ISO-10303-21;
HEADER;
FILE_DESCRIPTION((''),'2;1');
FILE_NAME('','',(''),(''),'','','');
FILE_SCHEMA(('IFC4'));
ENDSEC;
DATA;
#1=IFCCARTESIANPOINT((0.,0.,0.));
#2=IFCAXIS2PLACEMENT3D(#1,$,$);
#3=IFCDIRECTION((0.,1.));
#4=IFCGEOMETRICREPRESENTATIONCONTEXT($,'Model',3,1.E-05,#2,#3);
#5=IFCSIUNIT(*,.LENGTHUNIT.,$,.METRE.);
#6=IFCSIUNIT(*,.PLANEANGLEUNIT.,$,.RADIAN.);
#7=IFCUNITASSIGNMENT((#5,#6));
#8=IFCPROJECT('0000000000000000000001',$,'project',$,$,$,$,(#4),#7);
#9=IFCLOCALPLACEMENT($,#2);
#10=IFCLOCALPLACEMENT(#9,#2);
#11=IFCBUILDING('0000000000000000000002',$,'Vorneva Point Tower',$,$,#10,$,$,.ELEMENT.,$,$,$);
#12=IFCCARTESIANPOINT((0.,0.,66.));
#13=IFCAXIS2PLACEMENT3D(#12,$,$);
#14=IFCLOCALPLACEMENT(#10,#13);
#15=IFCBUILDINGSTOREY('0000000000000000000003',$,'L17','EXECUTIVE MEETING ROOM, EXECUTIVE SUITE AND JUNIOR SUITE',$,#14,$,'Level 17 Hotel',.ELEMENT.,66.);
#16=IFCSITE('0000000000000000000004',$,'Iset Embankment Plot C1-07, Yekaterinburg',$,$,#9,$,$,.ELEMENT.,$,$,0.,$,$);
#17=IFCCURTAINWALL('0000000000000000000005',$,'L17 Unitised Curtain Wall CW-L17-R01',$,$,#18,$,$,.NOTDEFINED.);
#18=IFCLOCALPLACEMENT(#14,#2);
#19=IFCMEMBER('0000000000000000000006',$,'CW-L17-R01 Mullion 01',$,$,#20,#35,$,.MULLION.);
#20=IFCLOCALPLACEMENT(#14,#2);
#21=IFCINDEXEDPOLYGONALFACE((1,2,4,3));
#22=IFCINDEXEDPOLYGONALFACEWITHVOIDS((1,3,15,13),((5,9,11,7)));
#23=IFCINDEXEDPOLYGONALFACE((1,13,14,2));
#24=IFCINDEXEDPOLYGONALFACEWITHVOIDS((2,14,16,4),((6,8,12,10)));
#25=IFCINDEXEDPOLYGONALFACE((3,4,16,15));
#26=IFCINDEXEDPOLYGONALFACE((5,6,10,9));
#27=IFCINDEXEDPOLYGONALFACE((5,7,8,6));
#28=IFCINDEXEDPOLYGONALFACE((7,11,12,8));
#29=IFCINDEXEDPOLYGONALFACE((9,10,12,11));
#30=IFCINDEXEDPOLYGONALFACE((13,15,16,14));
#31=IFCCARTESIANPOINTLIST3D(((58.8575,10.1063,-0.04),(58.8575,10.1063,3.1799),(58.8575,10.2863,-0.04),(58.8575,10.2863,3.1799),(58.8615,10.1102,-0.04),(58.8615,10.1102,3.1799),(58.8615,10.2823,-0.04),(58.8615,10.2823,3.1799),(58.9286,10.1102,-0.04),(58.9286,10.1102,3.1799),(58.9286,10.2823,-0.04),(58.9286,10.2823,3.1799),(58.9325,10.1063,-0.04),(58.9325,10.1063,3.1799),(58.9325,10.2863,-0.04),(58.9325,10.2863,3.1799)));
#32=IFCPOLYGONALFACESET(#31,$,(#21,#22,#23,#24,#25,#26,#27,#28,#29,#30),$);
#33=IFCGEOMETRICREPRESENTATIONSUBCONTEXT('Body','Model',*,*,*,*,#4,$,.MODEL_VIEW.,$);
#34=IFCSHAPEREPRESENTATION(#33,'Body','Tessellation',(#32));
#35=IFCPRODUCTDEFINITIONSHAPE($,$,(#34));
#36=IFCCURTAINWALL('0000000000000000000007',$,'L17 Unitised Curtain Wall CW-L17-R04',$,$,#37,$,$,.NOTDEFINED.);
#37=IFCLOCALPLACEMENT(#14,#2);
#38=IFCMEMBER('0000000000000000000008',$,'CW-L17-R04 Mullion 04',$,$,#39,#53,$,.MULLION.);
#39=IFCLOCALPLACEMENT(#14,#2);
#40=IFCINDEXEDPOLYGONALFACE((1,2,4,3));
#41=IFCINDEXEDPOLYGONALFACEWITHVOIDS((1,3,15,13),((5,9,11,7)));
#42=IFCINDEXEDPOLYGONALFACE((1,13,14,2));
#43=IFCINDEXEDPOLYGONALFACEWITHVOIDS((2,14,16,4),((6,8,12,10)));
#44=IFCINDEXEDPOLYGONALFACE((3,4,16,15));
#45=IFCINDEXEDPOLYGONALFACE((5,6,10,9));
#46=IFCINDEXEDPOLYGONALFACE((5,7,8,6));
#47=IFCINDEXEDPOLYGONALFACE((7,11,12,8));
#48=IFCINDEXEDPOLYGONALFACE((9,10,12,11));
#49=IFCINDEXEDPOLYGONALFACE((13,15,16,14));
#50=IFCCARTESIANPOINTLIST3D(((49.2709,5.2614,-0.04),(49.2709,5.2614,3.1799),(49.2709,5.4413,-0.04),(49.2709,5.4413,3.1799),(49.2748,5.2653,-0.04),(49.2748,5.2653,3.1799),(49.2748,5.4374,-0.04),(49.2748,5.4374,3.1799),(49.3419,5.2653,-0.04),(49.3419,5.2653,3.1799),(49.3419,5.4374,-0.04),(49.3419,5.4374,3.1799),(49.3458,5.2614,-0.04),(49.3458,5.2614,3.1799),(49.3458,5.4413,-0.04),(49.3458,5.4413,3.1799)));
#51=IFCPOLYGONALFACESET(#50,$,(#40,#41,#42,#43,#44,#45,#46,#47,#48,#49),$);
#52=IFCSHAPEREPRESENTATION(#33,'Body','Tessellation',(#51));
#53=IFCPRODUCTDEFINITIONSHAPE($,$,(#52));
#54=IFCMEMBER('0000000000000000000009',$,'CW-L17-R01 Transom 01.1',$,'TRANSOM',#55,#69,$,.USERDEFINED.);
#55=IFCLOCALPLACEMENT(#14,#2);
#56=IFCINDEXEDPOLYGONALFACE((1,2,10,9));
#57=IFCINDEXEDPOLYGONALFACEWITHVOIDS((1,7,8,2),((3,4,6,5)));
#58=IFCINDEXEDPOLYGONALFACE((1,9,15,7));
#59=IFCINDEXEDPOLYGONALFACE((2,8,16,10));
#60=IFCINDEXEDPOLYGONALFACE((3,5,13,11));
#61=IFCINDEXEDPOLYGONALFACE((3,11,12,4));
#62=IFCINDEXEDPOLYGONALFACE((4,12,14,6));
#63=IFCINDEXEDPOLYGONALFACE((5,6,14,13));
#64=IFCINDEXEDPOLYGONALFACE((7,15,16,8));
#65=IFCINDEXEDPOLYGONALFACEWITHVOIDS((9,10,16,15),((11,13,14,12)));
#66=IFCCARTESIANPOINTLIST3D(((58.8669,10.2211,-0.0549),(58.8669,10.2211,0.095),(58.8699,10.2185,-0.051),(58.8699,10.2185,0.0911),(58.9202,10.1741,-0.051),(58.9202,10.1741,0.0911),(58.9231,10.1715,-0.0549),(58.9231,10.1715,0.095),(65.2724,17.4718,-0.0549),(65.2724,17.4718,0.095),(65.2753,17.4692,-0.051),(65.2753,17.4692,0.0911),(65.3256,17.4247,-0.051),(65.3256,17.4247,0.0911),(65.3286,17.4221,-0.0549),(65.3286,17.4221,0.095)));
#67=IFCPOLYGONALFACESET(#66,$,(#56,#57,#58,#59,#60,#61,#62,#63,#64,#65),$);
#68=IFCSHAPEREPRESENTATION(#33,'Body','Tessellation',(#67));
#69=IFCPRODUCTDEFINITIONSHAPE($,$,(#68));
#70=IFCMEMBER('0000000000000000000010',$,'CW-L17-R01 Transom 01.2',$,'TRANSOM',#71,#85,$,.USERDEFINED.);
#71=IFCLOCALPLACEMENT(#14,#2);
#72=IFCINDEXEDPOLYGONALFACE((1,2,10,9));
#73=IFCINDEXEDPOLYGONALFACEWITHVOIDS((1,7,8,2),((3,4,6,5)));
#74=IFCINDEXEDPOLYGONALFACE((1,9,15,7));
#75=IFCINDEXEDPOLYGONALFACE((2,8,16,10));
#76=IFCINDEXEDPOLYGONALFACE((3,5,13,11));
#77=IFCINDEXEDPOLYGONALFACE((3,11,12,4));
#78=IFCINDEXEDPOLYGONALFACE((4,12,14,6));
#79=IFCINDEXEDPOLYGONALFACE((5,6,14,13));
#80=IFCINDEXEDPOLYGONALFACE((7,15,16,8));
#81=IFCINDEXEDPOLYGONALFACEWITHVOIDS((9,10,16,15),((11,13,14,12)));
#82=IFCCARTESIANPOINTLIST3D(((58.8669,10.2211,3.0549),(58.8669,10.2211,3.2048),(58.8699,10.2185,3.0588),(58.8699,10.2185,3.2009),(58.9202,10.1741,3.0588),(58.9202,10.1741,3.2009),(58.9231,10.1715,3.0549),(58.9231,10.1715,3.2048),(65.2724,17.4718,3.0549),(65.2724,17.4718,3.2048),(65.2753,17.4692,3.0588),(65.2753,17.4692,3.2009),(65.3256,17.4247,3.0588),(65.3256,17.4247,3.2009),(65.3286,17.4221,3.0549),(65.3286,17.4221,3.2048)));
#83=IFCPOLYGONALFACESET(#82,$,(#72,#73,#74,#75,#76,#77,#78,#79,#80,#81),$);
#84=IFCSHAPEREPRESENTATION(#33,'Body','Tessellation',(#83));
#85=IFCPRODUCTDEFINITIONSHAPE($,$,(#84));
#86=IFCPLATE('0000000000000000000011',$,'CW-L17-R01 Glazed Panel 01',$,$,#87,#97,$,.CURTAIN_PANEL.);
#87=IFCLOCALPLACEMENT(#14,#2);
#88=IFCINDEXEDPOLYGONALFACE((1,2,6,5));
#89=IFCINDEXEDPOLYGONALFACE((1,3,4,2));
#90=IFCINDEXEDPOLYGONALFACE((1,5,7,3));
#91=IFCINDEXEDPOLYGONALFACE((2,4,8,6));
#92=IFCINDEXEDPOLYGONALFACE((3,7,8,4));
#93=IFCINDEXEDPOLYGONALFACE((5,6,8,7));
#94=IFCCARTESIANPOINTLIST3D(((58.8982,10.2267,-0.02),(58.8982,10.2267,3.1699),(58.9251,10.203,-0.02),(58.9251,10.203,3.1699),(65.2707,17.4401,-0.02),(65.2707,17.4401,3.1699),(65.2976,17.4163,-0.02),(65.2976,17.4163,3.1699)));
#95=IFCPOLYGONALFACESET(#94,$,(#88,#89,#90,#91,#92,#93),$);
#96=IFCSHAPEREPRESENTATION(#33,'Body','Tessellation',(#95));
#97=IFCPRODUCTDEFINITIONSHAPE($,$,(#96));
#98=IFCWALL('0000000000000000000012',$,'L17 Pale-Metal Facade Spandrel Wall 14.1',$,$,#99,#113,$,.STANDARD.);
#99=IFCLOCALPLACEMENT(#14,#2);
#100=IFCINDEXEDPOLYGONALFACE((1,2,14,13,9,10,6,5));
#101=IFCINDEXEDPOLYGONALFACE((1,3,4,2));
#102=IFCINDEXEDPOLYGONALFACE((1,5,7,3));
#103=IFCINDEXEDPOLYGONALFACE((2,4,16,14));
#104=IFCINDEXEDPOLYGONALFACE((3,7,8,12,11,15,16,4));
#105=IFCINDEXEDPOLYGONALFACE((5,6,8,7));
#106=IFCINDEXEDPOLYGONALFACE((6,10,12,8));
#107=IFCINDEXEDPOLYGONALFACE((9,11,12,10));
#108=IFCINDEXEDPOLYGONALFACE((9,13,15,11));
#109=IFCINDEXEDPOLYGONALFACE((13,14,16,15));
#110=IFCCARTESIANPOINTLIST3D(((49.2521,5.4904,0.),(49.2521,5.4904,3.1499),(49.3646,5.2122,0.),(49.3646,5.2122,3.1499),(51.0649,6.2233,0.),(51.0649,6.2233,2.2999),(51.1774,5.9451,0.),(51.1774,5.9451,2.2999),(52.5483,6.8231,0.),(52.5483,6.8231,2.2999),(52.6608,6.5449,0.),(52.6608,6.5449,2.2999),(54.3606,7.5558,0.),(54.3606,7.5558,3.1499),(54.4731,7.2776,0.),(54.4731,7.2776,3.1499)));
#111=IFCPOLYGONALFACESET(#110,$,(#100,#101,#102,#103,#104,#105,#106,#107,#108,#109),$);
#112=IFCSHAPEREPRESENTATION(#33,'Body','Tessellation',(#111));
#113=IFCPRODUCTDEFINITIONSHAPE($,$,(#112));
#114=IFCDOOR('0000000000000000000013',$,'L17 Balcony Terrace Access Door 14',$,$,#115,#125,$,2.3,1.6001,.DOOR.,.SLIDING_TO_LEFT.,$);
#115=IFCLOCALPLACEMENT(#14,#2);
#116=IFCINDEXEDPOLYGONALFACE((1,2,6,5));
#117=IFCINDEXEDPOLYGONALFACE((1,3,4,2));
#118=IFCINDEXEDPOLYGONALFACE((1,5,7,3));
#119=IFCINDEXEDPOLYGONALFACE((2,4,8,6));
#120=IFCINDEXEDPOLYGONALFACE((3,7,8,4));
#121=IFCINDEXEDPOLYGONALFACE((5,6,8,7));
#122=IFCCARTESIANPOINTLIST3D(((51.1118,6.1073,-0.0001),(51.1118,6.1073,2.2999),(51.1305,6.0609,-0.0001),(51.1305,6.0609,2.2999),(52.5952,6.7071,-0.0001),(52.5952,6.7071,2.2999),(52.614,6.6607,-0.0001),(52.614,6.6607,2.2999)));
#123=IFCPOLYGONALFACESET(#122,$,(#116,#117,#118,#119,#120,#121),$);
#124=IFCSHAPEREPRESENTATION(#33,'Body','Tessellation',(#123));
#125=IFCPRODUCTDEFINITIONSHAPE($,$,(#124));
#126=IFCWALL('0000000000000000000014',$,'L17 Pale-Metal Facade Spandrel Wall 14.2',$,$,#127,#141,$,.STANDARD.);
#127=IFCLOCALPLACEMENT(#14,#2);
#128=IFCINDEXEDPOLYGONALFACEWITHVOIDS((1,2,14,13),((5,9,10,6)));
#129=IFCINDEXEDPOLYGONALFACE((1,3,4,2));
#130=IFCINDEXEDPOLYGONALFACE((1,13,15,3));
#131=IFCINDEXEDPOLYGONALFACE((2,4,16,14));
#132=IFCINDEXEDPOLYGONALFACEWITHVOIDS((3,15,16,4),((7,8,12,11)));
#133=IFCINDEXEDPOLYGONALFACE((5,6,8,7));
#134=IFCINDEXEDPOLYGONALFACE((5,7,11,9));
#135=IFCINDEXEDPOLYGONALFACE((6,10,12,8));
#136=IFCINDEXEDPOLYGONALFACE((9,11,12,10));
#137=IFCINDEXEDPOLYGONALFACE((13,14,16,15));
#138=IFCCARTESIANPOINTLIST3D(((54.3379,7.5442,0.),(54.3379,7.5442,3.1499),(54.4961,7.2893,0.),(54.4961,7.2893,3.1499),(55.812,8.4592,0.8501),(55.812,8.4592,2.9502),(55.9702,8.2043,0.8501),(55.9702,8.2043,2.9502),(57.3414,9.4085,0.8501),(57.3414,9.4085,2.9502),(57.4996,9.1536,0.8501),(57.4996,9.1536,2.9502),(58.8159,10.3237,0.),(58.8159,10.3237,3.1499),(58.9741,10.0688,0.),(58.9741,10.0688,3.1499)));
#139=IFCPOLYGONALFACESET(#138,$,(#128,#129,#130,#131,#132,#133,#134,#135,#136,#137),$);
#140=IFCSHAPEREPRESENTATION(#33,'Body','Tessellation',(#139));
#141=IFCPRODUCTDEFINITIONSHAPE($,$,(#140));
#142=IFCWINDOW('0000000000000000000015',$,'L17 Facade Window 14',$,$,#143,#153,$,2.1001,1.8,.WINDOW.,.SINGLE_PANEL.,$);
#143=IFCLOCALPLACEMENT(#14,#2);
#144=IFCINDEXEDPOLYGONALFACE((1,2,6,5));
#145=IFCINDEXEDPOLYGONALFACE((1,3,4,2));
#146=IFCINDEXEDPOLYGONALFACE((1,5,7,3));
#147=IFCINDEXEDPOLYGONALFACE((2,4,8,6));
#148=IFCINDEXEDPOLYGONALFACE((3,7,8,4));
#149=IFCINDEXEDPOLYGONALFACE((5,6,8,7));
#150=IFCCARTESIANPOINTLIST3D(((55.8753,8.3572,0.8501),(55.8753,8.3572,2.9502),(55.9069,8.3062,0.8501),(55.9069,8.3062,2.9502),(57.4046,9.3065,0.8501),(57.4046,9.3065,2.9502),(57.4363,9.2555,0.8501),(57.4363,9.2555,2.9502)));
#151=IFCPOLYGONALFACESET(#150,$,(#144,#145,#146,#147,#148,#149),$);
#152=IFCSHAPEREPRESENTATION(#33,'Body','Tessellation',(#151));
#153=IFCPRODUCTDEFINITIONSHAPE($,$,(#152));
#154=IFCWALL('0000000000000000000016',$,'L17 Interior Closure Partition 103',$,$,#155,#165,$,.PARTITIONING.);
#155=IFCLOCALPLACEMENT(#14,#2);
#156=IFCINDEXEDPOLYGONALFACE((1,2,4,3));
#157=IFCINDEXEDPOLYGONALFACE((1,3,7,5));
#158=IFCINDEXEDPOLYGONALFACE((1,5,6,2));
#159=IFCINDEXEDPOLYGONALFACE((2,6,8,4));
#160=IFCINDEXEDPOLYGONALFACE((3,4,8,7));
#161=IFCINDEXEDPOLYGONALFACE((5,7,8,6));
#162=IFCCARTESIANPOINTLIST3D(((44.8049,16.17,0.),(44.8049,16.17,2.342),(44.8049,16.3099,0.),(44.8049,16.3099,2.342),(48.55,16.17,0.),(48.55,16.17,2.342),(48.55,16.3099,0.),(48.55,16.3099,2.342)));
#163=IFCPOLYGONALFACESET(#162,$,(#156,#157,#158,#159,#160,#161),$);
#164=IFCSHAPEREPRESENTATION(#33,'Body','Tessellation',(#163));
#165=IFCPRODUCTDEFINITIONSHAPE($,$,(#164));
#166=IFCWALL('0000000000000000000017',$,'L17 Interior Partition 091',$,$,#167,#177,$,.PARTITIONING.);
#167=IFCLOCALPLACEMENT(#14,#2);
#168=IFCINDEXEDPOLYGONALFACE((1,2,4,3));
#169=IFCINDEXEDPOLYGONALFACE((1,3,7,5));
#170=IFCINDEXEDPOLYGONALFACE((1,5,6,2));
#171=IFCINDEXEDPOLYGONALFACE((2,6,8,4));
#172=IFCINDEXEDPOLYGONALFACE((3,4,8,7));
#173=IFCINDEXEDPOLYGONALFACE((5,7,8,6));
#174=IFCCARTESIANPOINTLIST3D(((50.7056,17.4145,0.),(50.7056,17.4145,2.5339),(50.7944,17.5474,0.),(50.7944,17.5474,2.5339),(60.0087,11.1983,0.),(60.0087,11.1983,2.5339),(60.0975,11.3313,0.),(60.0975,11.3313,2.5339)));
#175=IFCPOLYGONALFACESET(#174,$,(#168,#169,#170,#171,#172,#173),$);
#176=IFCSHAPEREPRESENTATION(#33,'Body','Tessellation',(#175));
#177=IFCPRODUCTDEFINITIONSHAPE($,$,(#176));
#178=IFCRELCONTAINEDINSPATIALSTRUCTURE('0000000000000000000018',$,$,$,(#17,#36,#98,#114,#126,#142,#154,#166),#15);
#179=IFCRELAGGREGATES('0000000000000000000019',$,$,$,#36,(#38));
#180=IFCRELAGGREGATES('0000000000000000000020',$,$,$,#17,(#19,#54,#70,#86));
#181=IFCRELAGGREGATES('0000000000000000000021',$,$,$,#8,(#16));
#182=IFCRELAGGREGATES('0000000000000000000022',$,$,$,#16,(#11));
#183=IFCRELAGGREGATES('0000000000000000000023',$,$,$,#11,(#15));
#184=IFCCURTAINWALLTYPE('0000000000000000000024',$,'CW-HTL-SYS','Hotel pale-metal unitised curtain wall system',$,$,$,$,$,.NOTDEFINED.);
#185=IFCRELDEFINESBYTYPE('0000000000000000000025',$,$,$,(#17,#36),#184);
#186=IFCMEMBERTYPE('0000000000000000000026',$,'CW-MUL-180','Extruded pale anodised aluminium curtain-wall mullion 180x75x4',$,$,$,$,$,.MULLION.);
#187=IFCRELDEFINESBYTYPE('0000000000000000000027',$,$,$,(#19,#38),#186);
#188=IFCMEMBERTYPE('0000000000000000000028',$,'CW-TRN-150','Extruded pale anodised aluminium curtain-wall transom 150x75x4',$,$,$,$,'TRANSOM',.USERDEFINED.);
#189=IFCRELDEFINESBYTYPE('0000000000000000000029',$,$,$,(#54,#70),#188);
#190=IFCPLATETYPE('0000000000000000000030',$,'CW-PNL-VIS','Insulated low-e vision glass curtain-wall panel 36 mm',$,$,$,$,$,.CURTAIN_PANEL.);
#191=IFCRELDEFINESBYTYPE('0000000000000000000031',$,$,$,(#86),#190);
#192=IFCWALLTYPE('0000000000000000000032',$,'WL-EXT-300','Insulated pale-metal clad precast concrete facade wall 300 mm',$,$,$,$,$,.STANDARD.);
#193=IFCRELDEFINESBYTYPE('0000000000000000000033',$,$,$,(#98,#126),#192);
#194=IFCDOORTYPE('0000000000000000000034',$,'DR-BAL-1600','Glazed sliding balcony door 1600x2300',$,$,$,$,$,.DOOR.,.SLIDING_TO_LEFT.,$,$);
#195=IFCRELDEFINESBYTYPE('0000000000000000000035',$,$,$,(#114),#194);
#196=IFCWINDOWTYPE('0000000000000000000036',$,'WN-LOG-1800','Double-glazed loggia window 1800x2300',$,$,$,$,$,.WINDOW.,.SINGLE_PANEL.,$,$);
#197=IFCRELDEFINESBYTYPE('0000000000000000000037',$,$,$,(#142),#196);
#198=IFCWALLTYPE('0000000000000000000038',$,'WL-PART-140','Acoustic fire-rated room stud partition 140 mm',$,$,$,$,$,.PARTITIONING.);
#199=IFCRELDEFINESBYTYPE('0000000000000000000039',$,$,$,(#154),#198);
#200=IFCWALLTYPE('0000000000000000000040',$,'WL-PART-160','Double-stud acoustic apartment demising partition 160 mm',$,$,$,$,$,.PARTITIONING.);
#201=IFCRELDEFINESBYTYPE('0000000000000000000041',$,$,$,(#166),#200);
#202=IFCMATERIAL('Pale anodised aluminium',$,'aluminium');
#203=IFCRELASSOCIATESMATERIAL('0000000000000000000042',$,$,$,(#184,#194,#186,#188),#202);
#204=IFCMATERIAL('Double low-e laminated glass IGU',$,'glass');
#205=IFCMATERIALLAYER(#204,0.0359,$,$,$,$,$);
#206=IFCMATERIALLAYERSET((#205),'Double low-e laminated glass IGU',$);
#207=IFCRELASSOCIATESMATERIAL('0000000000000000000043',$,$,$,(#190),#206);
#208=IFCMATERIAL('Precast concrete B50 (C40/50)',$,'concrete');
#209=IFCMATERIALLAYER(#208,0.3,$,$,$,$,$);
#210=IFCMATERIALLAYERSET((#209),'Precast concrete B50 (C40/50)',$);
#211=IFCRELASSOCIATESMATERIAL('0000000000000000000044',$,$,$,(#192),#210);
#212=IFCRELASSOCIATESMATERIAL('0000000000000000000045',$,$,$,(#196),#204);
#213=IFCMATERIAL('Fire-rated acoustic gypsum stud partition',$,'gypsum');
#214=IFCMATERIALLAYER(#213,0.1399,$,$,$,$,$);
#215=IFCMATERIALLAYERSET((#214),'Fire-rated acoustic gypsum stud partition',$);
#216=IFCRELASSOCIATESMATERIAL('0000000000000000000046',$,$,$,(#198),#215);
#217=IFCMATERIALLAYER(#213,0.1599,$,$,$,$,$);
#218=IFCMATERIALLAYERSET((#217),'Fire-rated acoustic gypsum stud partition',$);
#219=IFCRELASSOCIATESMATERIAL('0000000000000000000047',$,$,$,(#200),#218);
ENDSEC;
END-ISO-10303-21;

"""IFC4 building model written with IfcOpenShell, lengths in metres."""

from ifc_helpers import new_model, si_unit, direction, frame, frame_2d, origin, origin_2d, place, context, subcontext, project, spatial, rectangle, hollow_rectangle, extrude, material, layer, layer_set, material_profile, profile_set, type_object, element, fill, aggregate, save


model = new_model("IFC4")

# Units and contexts
model_context = context("Model", 3, precision=1e-05, world=origin(), true_north=direction((0.0, 1.0)))
body_context = subcontext(model_context, "Body", "Model", "MODEL_VIEW")
ifc_project = project(units=[si_unit("LENGTHUNIT", "METRE"), si_unit("PLANEANGLEUNIT", "RADIAN")], contexts=[model_context])

# Site, building, storey
site_placement = place(None, origin())
site = spatial("IfcSite", under=ifc_project, at=site_placement, Name="Iset Embankment Plot C1-07, Yekaterinburg", CompositionType="ELEMENT", RefElevation=0.0)
building_placement = place(site_placement, origin())
building = spatial("IfcBuilding", under=site, at=building_placement, Name="Vorneva Point Tower", CompositionType="ELEMENT")
storey_placement = place(building_placement, frame((0.0, 0.0, 66.0)))
storey = spatial("IfcBuildingStorey", under=building, at=storey_placement, Name="L17", Description="EXECUTIVE MEETING ROOM, EXECUTIVE SUITE AND JUNIOR SUITE", LongName="Level 17 Hotel", CompositionType="ELEMENT", Elevation=66.0)

# Curtain walls, members
ifc_material_1 = material(Name="Pale anodised aluminium", Category="aluminium")
curtain_wall_type = type_object("IfcCurtainWallType", Name="CW-HTL-SYS", Description="Hotel pale-metal unitised curtain wall system", PredefinedType="NOTDEFINED", material=ifc_material_1)
curtain_wall_1_placement = place(storey_placement, origin())
curtain_wall_1 = element("IfcCurtainWall", 1, at=curtain_wall_1_placement, inside=storey, type_object=curtain_wall_type, Name="L17 Unitised Curtain Wall CW-L17-R01", PredefinedType="NOTDEFINED")
ifc_material_profile_1 = material_profile(ifc_material_1, hollow_rectangle(XDim=0.075, YDim=0.1799, WallThickness=0.0039, at=origin_2d()), Name="AL-MUL 180x75x4")
ifc_profile_set_1 = profile_set([ifc_material_profile_1], Name="Pale anodised aluminium")
member_type_1 = type_object("IfcMemberType", Name="CW-MUL-180", Description="Extruded pale anodised aluminium curtain-wall mullion 180x75x4", PredefinedType="MULLION", material=ifc_profile_set_1)
member_1_placement = place(storey_placement, frame((58.895, 10.1963, -0.04), z_axis=(0.0, 0.0, 1.0), x_axis=(1.0, 0.0, 0.0)))
member_1 = element("IfcMember", 2, at=member_1_placement, type_object=member_type_1, Name="CW-L17-R01 Mullion 01", PredefinedType="MULLION", context=body_context, shape_type="SweptSolid", body=[
    extrude(hollow_rectangle(XDim=0.075, YDim=0.1799, WallThickness=0.0039, at=origin_2d()), origin(), (0.0, 0.0, 1.0), 3.22),
])
curtain_wall_2_placement = place(storey_placement, origin())
curtain_wall_2 = element("IfcCurtainWall", 3, at=curtain_wall_2_placement, inside=storey, type_object=curtain_wall_type, Name="L17 Unitised Curtain Wall CW-L17-R04", PredefinedType="NOTDEFINED")
member_2_placement = place(storey_placement, frame((49.3083, 5.3513, -0.04), z_axis=(0.0, 0.0, 1.0), x_axis=(1.0, 0.0, 0.0)))
member_2 = element("IfcMember", 4, at=member_2_placement, type_object=member_type_1, Name="CW-L17-R04 Mullion 04", PredefinedType="MULLION", context=body_context, shape_type="SweptSolid", body=[
    extrude(hollow_rectangle(XDim=0.075, YDim=0.1799, WallThickness=0.0039, at=origin_2d()), origin(), (0.0, 0.0, 1.0), 3.22),
])
aggregate(curtain_wall_2, [member_2])

# Members
ifc_material_profile_2 = material_profile(ifc_material_1, hollow_rectangle(XDim=0.075, YDim=0.1499, WallThickness=0.0039, at=origin_2d()), Name="AL-TRN 150x75x4")
ifc_profile_set_2 = profile_set([ifc_material_profile_2], Name="Pale anodised aluminium")
member_type_2 = type_object("IfcMemberType", Name="CW-TRN-150", Description="Extruded pale anodised aluminium curtain-wall transom 150x75x4", ElementType="TRANSOM", PredefinedType="USERDEFINED", material=ifc_profile_set_2)
member_3_placement = place(storey_placement, frame((58.895, 10.1963, 0.02), z_axis=(0.662076, 0.749437, 0.0), x_axis=(-0.749437, 0.662076, 0.0)))
member_3 = element("IfcMember", 5, at=member_3_placement, type_object=member_type_2, Name="CW-L17-R01 Transom 01.1", ObjectType="TRANSOM", PredefinedType="USERDEFINED", context=body_context, shape_type="SweptSolid", body=[
    extrude(hollow_rectangle(XDim=0.075, YDim=0.1499, WallThickness=0.0039, at=origin_2d()), origin(), (0.0, 0.0, 1.0), 9.6748),
])
member_4_placement = place(storey_placement, frame((58.895, 10.1963, 3.1299), z_axis=(0.662076, 0.749437, 0.0), x_axis=(-0.749437, 0.662076, 0.0)))
member_4 = element("IfcMember", 6, at=member_4_placement, type_object=member_type_2, Name="CW-L17-R01 Transom 01.2", ObjectType="TRANSOM", PredefinedType="USERDEFINED", context=body_context, shape_type="SweptSolid", body=[
    extrude(hollow_rectangle(XDim=0.075, YDim=0.1499, WallThickness=0.0039, at=origin_2d()), origin(), (0.0, 0.0, 1.0), 9.6748),
])

# Plate
ifc_material_2 = material(Name="Double low-e laminated glass IGU", Category="glass")
ifc_layer_1 = layer(ifc_material_2, 0.0359)
ifc_layer_set_1 = layer_set([ifc_layer_1], Name="Double low-e laminated glass IGU")
plate_type = type_object("IfcPlateType", Name="CW-PNL-VIS", Description="Insulated low-e vision glass curtain-wall panel 36 mm", PredefinedType="CURTAIN_PANEL", material=ifc_layer_set_1)
plate_placement = place(storey_placement, frame((62.0979, 13.8215, -0.02), z_axis=(0.0, 0.0, 1.0), x_axis=(0.662071, 0.749441, 0.0)))
plate = element("IfcPlate", 7, at=plate_placement, type_object=plate_type, Name="CW-L17-R01 Glazed Panel 01", PredefinedType="CURTAIN_PANEL", context=body_context, shape_type="SweptSolid", body=[
    extrude(rectangle(XDim=9.625, YDim=0.0359, at=origin_2d()), origin(), (0.0, 0.0, 1.0), 3.1899),
])
aggregate(curtain_wall_1, [member_1, member_3, member_4, plate])

# Wall, opening, door
ifc_material_3 = material(Name="Precast concrete B50 (C40/50)", Category="concrete")
ifc_layer_2 = layer(ifc_material_3, 0.3)
ifc_layer_set_2 = layer_set([ifc_layer_2], Name="Precast concrete B50 (C40/50)")
wall_type_1 = type_object("IfcWallType", Name="WL-EXT-300", Description="Insulated pale-metal clad precast concrete facade wall 300 mm", PredefinedType="STANDARD", material=ifc_layer_set_2)
wall_1_placement = place(storey_placement, frame((49.3083, 5.3513, 0.0), z_axis=(0.0, 0.0, 1.0), x_axis=(0.927095, 0.374826, 0.0)))
wall_1 = element("IfcWall", 8, at=wall_1_placement, inside=storey, type_object=wall_type_1, Name="L17 Pale-Metal Facade Spandrel Wall 14.1", PredefinedType="STANDARD", context=body_context, shape_type="SweptSolid", body=[
    extrude(rectangle(XDim=5.5103, YDim=0.3, at=frame_2d((2.7551, 0.0))), origin(), (0.0, 0.0, 1.0), 3.1499),
])
opening_1_placement = place(wall_1_placement, frame((1.9553, 0.0, 0.0)))
opening_1 = element("IfcOpeningElement", 9, at=opening_1_placement, cuts=wall_1, PredefinedType="OPENING", context=body_context, shape_type="SweptSolid", body=[
    extrude(rectangle(XDim=1.6001, YDim=2.3, at=frame_2d((0.8, 1.1499))), frame((0.0, 0.165, 0.0), z_axis=(0.0, -1.0, 0.0), x_axis=(1.0, 0.0, 0.0)), (0.0, 0.0, 1.0), 0.3298),
])
door_type = type_object("IfcDoorType", Name="DR-BAL-1600", Description="Glazed sliding balcony door 1600x2300", OperationType="SLIDING_TO_LEFT", PredefinedType="DOOR", material=ifc_material_1)
door_placement = place(opening_1_placement, origin())
door = element("IfcDoor", 10, at=door_placement, inside=storey, type_object=door_type, Name="L17 Balcony Terrace Access Door 14", OperationType="SLIDING_TO_LEFT", OverallHeight=2.3, OverallWidth=1.6001, PredefinedType="DOOR", context=body_context, shape_type="SweptSolid", body=[
    extrude(rectangle(XDim=1.6001, YDim=2.3, at=frame_2d((0.8, 1.1499))), frame((0.0, 0.0249, 0.0), z_axis=(0.0, -1.0, 0.0), x_axis=(1.0, 0.0, 0.0)), (0.0, 0.0, 1.0), 0.05),
])
fill(opening_1, door)

# Wall, opening, window
wall_2_placement = place(storey_placement, frame((54.417, 7.4167, 0.0), z_axis=(0.0, 0.0, 1.0), x_axis=(0.849634, 0.527373, 0.0)))
wall_2 = element("IfcWall", 11, at=wall_2_placement, inside=storey, type_object=wall_type_1, Name="L17 Pale-Metal Facade Spandrel Wall 14.2", PredefinedType="STANDARD", context=body_context, shape_type="SweptSolid", body=[
    extrude(rectangle(XDim=5.2705, YDim=0.3, at=frame_2d((2.6353, 0.0))), origin(), (0.0, 0.0, 1.0), 3.1499),
])
opening_2_placement = place(wall_2_placement, frame((1.7351, 0.0, 0.8501)))
opening_2 = element("IfcOpeningElement", 12, at=opening_2_placement, cuts=wall_2, PredefinedType="OPENING", context=body_context, shape_type="SweptSolid", body=[
    extrude(rectangle(XDim=1.8, YDim=2.1001, at=frame_2d((0.8999, 1.05))), frame((0.0, 0.165, 0.0), z_axis=(0.0, -1.0, 0.0), x_axis=(1.0, 0.0, 0.0)), (0.0, 0.0, 1.0), 0.3298),
])
window_type = type_object("IfcWindowType", Name="WN-LOG-1800", Description="Double-glazed loggia window 1800x2300", PartitioningType="SINGLE_PANEL", PredefinedType="WINDOW", material=ifc_material_2)
window_placement = place(opening_2_placement, origin())
window = element("IfcWindow", 13, at=window_placement, inside=storey, type_object=window_type, Name="L17 Facade Window 14", OverallHeight=2.1001, OverallWidth=1.8, PartitioningType="SINGLE_PANEL", PredefinedType="WINDOW", context=body_context, shape_type="SweptSolid", body=[
    extrude(rectangle(XDim=1.8, YDim=2.1001, at=frame_2d((0.8999, 1.05))), frame((0.0, 0.03, 0.0), z_axis=(0.0, -1.0, 0.0), x_axis=(1.0, 0.0, 0.0)), (0.0, 0.0, 1.0), 0.0601),
])
fill(opening_2, window)

# Walls
ifc_material_4 = material(Name="Fire-rated acoustic gypsum stud partition", Category="gypsum")
ifc_layer_3 = layer(ifc_material_4, 0.1399)
ifc_layer_set_3 = layer_set([ifc_layer_3], Name="Fire-rated acoustic gypsum stud partition")
wall_type_2 = type_object("IfcWallType", Name="WL-PART-140", Description="Acoustic fire-rated room stud partition 140 mm", PredefinedType="PARTITIONING", material=ifc_layer_set_3)
wall_3_placement = place(storey_placement, frame((48.55, 16.24, 0.0), z_axis=(0.0, 0.0, 1.0), x_axis=(-1.0, 0.0, 0.0)))
element("IfcWall", 14, at=wall_3_placement, inside=storey, type_object=wall_type_2, Name="L17 Interior Closure Partition 103", PredefinedType="PARTITIONING", context=body_context, shape_type="SweptSolid", body=[
    extrude(rectangle(XDim=3.7451, YDim=0.1399, at=frame_2d((1.8726, 0.0))), origin(), (0.0, 0.0, 1.0), 2.342),
])
ifc_layer_4 = layer(ifc_material_4, 0.1599)
ifc_layer_set_4 = layer_set([ifc_layer_4], Name="Fire-rated acoustic gypsum stud partition")
wall_type_3 = type_object("IfcWallType", Name="WL-PART-160", Description="Double-stud acoustic apartment demising partition 160 mm", PredefinedType="PARTITIONING", material=ifc_layer_set_4)
wall_4_placement = place(storey_placement, frame((60.053, 11.2649, 0.0), z_axis=(0.0, 0.0, 1.0), x_axis=(-0.831469, 0.555571, 0.0)))
element("IfcWall", 15, at=wall_4_placement, inside=storey, type_object=wall_type_3, Name="L17 Interior Partition 091", PredefinedType="PARTITIONING", context=body_context, shape_type="SweptSolid", body=[
    extrude(rectangle(XDim=11.1887, YDim=0.1599, at=frame_2d((5.5942, 0.0))), origin(), (0.0, 0.0, 1.0), 2.5339),
])

save(model, "model.ifc")
